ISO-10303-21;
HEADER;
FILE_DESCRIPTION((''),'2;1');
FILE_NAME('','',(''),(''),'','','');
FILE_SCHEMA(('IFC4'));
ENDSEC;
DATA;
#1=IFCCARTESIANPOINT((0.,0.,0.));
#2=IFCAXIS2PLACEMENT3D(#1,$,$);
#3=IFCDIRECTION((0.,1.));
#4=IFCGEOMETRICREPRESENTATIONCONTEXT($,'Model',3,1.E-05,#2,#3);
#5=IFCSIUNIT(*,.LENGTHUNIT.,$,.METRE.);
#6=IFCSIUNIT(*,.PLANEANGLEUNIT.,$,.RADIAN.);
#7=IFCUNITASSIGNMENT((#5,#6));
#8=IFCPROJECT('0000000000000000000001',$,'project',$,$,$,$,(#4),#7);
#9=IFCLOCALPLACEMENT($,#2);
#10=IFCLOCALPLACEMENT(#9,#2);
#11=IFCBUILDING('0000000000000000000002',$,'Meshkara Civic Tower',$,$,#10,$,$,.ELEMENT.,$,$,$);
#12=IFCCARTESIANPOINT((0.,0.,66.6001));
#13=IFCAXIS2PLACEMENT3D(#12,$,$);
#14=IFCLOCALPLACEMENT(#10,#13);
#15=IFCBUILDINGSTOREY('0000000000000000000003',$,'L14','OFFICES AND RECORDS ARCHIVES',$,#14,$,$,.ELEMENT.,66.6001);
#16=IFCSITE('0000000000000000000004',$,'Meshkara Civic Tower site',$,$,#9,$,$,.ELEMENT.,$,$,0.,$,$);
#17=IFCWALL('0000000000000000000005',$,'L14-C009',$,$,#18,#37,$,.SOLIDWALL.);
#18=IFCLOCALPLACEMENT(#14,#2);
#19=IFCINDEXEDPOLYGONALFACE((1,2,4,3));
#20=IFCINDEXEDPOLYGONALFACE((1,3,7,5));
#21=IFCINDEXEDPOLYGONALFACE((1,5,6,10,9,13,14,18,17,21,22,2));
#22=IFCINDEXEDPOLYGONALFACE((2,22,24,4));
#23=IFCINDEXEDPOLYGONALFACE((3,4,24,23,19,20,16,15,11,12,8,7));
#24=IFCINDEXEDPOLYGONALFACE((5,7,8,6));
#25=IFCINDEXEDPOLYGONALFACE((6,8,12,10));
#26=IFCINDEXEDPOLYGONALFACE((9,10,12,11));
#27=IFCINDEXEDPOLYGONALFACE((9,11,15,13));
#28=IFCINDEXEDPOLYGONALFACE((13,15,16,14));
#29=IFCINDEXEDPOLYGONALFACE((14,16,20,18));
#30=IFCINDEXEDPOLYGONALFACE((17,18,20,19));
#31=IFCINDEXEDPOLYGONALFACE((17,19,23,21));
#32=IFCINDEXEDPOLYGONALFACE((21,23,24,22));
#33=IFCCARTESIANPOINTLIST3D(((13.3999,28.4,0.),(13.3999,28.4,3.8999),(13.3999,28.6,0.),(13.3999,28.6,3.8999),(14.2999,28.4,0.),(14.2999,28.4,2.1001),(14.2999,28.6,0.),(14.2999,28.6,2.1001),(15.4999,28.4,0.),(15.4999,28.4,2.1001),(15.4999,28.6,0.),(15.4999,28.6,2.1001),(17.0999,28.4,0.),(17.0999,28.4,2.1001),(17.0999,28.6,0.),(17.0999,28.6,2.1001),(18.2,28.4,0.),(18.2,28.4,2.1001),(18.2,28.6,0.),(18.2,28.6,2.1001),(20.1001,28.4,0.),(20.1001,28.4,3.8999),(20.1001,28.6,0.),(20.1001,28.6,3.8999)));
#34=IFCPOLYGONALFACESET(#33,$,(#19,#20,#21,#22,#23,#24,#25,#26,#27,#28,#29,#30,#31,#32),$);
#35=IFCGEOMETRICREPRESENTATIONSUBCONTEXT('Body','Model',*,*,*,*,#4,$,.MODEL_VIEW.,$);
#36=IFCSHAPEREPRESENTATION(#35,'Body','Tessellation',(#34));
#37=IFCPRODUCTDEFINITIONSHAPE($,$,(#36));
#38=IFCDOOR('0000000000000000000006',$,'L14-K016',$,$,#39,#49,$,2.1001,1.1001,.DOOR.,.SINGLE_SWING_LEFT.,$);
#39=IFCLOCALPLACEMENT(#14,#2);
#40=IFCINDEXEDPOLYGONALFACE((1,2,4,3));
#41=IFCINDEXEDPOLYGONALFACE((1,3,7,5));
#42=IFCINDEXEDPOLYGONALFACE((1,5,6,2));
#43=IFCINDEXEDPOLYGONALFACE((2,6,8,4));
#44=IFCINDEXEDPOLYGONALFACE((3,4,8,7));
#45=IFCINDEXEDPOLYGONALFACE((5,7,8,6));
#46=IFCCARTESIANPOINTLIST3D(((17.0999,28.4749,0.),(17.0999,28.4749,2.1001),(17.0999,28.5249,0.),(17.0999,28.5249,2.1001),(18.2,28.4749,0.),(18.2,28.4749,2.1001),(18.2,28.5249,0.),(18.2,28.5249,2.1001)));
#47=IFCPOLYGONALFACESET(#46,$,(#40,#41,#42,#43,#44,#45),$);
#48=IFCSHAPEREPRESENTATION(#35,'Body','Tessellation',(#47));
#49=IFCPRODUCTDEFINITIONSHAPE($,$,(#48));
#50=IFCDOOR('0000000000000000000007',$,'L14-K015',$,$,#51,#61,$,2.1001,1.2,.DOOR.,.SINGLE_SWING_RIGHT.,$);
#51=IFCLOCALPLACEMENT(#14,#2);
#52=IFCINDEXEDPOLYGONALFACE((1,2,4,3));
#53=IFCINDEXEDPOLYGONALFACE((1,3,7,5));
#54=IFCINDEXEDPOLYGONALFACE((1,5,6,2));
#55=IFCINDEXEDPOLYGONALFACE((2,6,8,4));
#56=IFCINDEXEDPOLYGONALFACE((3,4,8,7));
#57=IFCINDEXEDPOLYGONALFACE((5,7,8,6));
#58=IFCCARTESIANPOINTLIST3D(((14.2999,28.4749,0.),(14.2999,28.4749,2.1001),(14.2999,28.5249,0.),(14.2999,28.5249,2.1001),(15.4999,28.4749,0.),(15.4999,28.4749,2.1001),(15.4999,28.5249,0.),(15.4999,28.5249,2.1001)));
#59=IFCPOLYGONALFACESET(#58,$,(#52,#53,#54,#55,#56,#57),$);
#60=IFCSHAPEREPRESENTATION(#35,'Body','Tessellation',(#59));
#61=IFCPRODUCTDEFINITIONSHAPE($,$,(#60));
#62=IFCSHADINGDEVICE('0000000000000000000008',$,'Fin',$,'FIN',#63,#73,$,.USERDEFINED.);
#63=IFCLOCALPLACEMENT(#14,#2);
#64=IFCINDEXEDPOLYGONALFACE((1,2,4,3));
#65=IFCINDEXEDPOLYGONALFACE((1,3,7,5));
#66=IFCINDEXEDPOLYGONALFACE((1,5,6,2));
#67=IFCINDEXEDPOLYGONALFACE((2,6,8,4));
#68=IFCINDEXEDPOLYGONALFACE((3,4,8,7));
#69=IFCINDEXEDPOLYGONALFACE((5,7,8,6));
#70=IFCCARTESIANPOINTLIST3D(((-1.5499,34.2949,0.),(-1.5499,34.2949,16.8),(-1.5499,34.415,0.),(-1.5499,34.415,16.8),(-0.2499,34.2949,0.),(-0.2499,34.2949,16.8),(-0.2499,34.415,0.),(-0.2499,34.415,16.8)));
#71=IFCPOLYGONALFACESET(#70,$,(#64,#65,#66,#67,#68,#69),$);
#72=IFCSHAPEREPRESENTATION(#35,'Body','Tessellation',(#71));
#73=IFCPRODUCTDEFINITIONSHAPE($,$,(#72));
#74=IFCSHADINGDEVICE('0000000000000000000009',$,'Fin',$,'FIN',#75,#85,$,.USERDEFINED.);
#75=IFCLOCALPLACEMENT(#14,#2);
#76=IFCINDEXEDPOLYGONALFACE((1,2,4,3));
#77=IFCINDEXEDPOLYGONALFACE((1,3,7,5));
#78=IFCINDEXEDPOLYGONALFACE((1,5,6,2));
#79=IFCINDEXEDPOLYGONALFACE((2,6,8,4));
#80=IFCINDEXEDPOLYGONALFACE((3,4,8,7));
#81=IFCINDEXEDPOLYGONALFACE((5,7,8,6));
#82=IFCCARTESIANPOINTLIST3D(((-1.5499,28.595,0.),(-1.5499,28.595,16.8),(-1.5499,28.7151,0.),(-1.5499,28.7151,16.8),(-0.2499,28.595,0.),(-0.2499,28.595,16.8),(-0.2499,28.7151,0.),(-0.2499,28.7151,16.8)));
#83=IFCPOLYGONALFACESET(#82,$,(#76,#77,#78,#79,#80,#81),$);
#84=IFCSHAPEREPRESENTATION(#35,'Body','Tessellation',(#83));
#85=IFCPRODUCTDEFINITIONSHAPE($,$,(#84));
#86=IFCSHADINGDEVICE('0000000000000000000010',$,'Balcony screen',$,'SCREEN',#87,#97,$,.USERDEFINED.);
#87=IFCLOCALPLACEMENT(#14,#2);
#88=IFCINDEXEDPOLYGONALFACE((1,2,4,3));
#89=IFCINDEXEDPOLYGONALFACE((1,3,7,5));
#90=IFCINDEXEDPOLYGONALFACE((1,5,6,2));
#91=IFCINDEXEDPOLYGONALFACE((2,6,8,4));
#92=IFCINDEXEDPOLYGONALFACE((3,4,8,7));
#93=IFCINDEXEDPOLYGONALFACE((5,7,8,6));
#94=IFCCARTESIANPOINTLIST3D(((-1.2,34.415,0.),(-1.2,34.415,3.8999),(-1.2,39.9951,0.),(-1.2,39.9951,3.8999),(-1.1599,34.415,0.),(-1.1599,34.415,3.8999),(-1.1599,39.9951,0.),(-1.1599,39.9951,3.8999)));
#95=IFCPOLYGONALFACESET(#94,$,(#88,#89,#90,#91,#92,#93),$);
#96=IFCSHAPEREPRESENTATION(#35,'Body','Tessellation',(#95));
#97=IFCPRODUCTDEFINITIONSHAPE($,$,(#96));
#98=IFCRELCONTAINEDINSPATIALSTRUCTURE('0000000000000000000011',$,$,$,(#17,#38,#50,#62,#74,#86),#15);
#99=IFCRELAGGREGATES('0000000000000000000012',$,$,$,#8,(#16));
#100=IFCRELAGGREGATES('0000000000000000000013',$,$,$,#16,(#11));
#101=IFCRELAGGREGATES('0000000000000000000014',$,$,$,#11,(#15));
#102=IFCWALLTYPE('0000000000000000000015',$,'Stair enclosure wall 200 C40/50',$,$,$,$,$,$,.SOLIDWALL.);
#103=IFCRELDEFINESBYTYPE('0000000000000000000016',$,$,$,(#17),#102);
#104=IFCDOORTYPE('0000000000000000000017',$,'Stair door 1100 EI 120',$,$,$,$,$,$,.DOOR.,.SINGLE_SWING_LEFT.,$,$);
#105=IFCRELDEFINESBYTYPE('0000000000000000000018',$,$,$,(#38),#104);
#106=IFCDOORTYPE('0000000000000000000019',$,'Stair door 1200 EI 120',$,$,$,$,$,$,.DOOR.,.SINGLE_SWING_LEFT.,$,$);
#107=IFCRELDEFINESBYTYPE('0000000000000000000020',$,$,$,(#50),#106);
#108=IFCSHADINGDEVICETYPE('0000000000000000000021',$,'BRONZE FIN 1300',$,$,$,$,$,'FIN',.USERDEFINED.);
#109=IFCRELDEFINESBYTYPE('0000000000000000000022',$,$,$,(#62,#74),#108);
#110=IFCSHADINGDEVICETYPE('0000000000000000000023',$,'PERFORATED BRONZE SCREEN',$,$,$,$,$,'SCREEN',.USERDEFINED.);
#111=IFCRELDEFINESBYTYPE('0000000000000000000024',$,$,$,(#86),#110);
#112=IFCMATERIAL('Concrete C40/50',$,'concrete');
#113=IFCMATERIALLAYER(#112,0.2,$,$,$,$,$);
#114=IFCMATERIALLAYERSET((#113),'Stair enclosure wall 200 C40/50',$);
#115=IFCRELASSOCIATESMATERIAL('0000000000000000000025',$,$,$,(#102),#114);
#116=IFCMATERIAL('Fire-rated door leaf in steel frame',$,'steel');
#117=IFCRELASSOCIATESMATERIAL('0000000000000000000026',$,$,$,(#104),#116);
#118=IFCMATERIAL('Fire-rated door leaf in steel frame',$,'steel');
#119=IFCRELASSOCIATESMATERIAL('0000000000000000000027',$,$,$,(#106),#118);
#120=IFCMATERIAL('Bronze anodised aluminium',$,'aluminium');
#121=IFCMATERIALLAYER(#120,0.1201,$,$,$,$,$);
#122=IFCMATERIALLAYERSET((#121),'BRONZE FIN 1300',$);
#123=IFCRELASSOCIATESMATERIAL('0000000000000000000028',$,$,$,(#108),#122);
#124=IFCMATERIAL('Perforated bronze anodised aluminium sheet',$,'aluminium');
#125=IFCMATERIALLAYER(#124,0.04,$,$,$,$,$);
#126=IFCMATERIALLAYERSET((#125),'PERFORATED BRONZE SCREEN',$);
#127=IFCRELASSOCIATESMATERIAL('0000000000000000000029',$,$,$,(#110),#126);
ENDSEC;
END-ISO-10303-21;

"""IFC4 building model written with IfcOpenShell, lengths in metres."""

from ifc_helpers import new_model, si_unit, direction, frame, frame_2d, origin, origin_2d, place, context, subcontext, project, spatial, rectangle, extrude, material, layer, layer_set, type_object, element, fill, save


model = new_model("IFC4")

# Units and contexts
model_context = context("Model", 3, precision=1e-05, world=origin(), true_north=direction((0.0, 1.0)))
body_context = subcontext(model_context, "Body", "Model", "MODEL_VIEW")
ifc_project = project(units=[si_unit("LENGTHUNIT", "METRE"), si_unit("PLANEANGLEUNIT", "RADIAN")], contexts=[model_context])

# Site, building, storey
site_placement = place(None, origin())
site = spatial("IfcSite", under=ifc_project, at=site_placement, Name="Meshkara Civic Tower site", CompositionType="ELEMENT", RefElevation=0.0)
building_placement = place(site_placement, origin())
building = spatial("IfcBuilding", under=site, at=building_placement, Name="Meshkara Civic Tower", CompositionType="ELEMENT")
storey_placement = place(building_placement, frame((0.0, 0.0, 66.6001)))
storey = spatial("IfcBuildingStorey", under=building, at=storey_placement, Name="L14", Description="OFFICES AND RECORDS ARCHIVES", CompositionType="ELEMENT", Elevation=66.6001)

# Wall, openings, doors
ifc_material_1 = material(Name="Concrete C40/50", Category="concrete")
ifc_layer_1 = layer(ifc_material_1, 0.2)
ifc_layer_set_1 = layer_set([ifc_layer_1], Name="Stair enclosure wall 200 C40/50")
wall_type_1 = type_object("IfcWallType", Name="Stair enclosure wall 200 C40/50", PredefinedType="SOLIDWALL", material=ifc_layer_set_1)
wall_1_placement = place(storey_placement, frame((13.3999, 28.5, 0.0), z_axis=(0.0, 0.0, 1.0), x_axis=(1.0, 0.0, 0.0)))
wall_1 = element("IfcWall", 1, at=wall_1_placement, inside=storey, type_object=wall_type_1, Name="L14-C009", PredefinedType="SOLIDWALL", context=body_context, shape_type="SweptSolid", body=[
    extrude(rectangle(XDim=6.7002, YDim=0.2, at=frame_2d((3.3501, 0.0))), origin(), (0.0, 0.0, 1.0), 3.8999),
])
opening_1_placement = place(wall_1_placement, frame((0.8999, 0.0, 0.0)))
opening_1 = element("IfcOpeningElement", 2, at=opening_1_placement, cuts=wall_1, PredefinedType="OPENING", context=body_context, shape_type="SweptSolid", body=[
    extrude(rectangle(XDim=1.2, YDim=2.1001, at=frame_2d((0.6001, 1.05))), frame((0.0, 0.1099, 0.0), z_axis=(0.0, -1.0, 0.0), x_axis=(1.0, 0.0, 0.0)), (0.0, 0.0, 1.0), 0.22),
])
opening_2_placement = place(wall_1_placement, frame((3.7, 0.0, 0.0)))
opening_2 = element("IfcOpeningElement", 3, at=opening_2_placement, cuts=wall_1, PredefinedType="OPENING", context=body_context, shape_type="SweptSolid", body=[
    extrude(rectangle(XDim=1.1001, YDim=2.1001, at=frame_2d((0.55, 1.05))), frame((0.0, 0.1099, 0.0), z_axis=(0.0, -1.0, 0.0), x_axis=(1.0, 0.0, 0.0)), (0.0, 0.0, 1.0), 0.22),
])
ifc_material_2 = material(Name="Fire-rated door leaf in steel frame", Category="steel")
door_type_1 = type_object("IfcDoorType", Name="Stair door 1100 EI 120", OperationType="SINGLE_SWING_LEFT", PredefinedType="DOOR", material=ifc_material_2)
door_1_placement = place(opening_2_placement, origin())
door_1 = element("IfcDoor", 4, at=door_1_placement, inside=storey, type_object=door_type_1, Name="L14-K016", OperationType="SINGLE_SWING_LEFT", OverallHeight=2.1001, OverallWidth=1.1001, PredefinedType="DOOR", context=body_context, shape_type="SweptSolid", body=[
    extrude(rectangle(XDim=1.1001, YDim=2.1001, at=frame_2d((0.55, 1.05))), frame((0.0, 0.0249, 0.0), z_axis=(0.0, -1.0, 0.0), x_axis=(1.0, 0.0, 0.0)), (0.0, 0.0, 1.0), 0.05),
])
fill(opening_2, door_1)
ifc_material_3 = material(Name="Fire-rated door leaf in steel frame", Category="steel")
door_type_2 = type_object("IfcDoorType", Name="Stair door 1200 EI 120", OperationType="SINGLE_SWING_LEFT", PredefinedType="DOOR", material=ifc_material_3)
door_2_placement = place(opening_1_placement, origin())
door_2 = element("IfcDoor", 5, at=door_2_placement, inside=storey, type_object=door_type_2, Name="L14-K015", OperationType="SINGLE_SWING_RIGHT", OverallHeight=2.1001, OverallWidth=1.2, PredefinedType="DOOR", context=body_context, shape_type="SweptSolid", body=[
    extrude(rectangle(XDim=1.2, YDim=2.1001, at=frame_2d((0.6001, 1.05))), frame((0.0, 0.0249, 0.0), z_axis=(0.0, -1.0, 0.0), x_axis=(1.0, 0.0, 0.0)), (0.0, 0.0, 1.0), 0.05),
])
fill(opening_1, door_2)

# Shading devices
ifc_material_4 = material(Name="Bronze anodised aluminium", Category="aluminium")
ifc_layer_2 = layer(ifc_material_4, 0.1201)
ifc_layer_set_2 = layer_set([ifc_layer_2], Name="BRONZE FIN 1300")
shading_device_type_1 = type_object("IfcShadingDeviceType", Name="BRONZE FIN 1300", ElementType="FIN", PredefinedType="USERDEFINED", material=ifc_layer_set_2)
for number, where, z_axis, x_axis, name in (
    (6, (-0.8999, 34.355, 0.0), (0.0, 0.0, 1.0), (0.0, -1.0, 0.0), "Fin"),
    (7, (-0.8999, 28.655, 0.0), (0.0, 0.0, 1.0), (0.0, -1.0, 0.0), "Fin"),
):
    element("IfcShadingDevice", number, at=place(storey_placement, frame(where, z_axis=z_axis, x_axis=x_axis)), inside=storey, type_object=shading_device_type_1, Name=name, ObjectType="FIN", PredefinedType="USERDEFINED", context=body_context, shape_type="SweptSolid", body=[
        extrude(rectangle(XDim=0.1201, YDim=1.3, at=origin_2d()), origin(), (0.0, 0.0, 1.0), 16.8),
    ])
ifc_material_5 = material(Name="Perforated bronze anodised aluminium sheet", Category="aluminium")
ifc_layer_3 = layer(ifc_material_5, 0.04)
ifc_layer_set_3 = layer_set([ifc_layer_3], Name="PERFORATED BRONZE SCREEN")
shading_device_type_2 = type_object("IfcShadingDeviceType", Name="PERFORATED BRONZE SCREEN", ElementType="SCREEN", PredefinedType="USERDEFINED", material=ifc_layer_set_3)
shading_device_placement = place(storey_placement, frame((-1.1799, 37.2051, 0.0), z_axis=(0.0, 0.0, 1.0), x_axis=(0.0, -1.0, 0.0)))
element("IfcShadingDevice", 8, at=shading_device_placement, inside=storey, type_object=shading_device_type_2, Name="Balcony screen", ObjectType="SCREEN", PredefinedType="USERDEFINED", context=body_context, shape_type="SweptSolid", body=[
    extrude(rectangle(XDim=5.5801, YDim=0.04, at=origin_2d()), origin(), (0.0, 0.0, 1.0), 3.8999),
])

save(model, "model.ifc")
